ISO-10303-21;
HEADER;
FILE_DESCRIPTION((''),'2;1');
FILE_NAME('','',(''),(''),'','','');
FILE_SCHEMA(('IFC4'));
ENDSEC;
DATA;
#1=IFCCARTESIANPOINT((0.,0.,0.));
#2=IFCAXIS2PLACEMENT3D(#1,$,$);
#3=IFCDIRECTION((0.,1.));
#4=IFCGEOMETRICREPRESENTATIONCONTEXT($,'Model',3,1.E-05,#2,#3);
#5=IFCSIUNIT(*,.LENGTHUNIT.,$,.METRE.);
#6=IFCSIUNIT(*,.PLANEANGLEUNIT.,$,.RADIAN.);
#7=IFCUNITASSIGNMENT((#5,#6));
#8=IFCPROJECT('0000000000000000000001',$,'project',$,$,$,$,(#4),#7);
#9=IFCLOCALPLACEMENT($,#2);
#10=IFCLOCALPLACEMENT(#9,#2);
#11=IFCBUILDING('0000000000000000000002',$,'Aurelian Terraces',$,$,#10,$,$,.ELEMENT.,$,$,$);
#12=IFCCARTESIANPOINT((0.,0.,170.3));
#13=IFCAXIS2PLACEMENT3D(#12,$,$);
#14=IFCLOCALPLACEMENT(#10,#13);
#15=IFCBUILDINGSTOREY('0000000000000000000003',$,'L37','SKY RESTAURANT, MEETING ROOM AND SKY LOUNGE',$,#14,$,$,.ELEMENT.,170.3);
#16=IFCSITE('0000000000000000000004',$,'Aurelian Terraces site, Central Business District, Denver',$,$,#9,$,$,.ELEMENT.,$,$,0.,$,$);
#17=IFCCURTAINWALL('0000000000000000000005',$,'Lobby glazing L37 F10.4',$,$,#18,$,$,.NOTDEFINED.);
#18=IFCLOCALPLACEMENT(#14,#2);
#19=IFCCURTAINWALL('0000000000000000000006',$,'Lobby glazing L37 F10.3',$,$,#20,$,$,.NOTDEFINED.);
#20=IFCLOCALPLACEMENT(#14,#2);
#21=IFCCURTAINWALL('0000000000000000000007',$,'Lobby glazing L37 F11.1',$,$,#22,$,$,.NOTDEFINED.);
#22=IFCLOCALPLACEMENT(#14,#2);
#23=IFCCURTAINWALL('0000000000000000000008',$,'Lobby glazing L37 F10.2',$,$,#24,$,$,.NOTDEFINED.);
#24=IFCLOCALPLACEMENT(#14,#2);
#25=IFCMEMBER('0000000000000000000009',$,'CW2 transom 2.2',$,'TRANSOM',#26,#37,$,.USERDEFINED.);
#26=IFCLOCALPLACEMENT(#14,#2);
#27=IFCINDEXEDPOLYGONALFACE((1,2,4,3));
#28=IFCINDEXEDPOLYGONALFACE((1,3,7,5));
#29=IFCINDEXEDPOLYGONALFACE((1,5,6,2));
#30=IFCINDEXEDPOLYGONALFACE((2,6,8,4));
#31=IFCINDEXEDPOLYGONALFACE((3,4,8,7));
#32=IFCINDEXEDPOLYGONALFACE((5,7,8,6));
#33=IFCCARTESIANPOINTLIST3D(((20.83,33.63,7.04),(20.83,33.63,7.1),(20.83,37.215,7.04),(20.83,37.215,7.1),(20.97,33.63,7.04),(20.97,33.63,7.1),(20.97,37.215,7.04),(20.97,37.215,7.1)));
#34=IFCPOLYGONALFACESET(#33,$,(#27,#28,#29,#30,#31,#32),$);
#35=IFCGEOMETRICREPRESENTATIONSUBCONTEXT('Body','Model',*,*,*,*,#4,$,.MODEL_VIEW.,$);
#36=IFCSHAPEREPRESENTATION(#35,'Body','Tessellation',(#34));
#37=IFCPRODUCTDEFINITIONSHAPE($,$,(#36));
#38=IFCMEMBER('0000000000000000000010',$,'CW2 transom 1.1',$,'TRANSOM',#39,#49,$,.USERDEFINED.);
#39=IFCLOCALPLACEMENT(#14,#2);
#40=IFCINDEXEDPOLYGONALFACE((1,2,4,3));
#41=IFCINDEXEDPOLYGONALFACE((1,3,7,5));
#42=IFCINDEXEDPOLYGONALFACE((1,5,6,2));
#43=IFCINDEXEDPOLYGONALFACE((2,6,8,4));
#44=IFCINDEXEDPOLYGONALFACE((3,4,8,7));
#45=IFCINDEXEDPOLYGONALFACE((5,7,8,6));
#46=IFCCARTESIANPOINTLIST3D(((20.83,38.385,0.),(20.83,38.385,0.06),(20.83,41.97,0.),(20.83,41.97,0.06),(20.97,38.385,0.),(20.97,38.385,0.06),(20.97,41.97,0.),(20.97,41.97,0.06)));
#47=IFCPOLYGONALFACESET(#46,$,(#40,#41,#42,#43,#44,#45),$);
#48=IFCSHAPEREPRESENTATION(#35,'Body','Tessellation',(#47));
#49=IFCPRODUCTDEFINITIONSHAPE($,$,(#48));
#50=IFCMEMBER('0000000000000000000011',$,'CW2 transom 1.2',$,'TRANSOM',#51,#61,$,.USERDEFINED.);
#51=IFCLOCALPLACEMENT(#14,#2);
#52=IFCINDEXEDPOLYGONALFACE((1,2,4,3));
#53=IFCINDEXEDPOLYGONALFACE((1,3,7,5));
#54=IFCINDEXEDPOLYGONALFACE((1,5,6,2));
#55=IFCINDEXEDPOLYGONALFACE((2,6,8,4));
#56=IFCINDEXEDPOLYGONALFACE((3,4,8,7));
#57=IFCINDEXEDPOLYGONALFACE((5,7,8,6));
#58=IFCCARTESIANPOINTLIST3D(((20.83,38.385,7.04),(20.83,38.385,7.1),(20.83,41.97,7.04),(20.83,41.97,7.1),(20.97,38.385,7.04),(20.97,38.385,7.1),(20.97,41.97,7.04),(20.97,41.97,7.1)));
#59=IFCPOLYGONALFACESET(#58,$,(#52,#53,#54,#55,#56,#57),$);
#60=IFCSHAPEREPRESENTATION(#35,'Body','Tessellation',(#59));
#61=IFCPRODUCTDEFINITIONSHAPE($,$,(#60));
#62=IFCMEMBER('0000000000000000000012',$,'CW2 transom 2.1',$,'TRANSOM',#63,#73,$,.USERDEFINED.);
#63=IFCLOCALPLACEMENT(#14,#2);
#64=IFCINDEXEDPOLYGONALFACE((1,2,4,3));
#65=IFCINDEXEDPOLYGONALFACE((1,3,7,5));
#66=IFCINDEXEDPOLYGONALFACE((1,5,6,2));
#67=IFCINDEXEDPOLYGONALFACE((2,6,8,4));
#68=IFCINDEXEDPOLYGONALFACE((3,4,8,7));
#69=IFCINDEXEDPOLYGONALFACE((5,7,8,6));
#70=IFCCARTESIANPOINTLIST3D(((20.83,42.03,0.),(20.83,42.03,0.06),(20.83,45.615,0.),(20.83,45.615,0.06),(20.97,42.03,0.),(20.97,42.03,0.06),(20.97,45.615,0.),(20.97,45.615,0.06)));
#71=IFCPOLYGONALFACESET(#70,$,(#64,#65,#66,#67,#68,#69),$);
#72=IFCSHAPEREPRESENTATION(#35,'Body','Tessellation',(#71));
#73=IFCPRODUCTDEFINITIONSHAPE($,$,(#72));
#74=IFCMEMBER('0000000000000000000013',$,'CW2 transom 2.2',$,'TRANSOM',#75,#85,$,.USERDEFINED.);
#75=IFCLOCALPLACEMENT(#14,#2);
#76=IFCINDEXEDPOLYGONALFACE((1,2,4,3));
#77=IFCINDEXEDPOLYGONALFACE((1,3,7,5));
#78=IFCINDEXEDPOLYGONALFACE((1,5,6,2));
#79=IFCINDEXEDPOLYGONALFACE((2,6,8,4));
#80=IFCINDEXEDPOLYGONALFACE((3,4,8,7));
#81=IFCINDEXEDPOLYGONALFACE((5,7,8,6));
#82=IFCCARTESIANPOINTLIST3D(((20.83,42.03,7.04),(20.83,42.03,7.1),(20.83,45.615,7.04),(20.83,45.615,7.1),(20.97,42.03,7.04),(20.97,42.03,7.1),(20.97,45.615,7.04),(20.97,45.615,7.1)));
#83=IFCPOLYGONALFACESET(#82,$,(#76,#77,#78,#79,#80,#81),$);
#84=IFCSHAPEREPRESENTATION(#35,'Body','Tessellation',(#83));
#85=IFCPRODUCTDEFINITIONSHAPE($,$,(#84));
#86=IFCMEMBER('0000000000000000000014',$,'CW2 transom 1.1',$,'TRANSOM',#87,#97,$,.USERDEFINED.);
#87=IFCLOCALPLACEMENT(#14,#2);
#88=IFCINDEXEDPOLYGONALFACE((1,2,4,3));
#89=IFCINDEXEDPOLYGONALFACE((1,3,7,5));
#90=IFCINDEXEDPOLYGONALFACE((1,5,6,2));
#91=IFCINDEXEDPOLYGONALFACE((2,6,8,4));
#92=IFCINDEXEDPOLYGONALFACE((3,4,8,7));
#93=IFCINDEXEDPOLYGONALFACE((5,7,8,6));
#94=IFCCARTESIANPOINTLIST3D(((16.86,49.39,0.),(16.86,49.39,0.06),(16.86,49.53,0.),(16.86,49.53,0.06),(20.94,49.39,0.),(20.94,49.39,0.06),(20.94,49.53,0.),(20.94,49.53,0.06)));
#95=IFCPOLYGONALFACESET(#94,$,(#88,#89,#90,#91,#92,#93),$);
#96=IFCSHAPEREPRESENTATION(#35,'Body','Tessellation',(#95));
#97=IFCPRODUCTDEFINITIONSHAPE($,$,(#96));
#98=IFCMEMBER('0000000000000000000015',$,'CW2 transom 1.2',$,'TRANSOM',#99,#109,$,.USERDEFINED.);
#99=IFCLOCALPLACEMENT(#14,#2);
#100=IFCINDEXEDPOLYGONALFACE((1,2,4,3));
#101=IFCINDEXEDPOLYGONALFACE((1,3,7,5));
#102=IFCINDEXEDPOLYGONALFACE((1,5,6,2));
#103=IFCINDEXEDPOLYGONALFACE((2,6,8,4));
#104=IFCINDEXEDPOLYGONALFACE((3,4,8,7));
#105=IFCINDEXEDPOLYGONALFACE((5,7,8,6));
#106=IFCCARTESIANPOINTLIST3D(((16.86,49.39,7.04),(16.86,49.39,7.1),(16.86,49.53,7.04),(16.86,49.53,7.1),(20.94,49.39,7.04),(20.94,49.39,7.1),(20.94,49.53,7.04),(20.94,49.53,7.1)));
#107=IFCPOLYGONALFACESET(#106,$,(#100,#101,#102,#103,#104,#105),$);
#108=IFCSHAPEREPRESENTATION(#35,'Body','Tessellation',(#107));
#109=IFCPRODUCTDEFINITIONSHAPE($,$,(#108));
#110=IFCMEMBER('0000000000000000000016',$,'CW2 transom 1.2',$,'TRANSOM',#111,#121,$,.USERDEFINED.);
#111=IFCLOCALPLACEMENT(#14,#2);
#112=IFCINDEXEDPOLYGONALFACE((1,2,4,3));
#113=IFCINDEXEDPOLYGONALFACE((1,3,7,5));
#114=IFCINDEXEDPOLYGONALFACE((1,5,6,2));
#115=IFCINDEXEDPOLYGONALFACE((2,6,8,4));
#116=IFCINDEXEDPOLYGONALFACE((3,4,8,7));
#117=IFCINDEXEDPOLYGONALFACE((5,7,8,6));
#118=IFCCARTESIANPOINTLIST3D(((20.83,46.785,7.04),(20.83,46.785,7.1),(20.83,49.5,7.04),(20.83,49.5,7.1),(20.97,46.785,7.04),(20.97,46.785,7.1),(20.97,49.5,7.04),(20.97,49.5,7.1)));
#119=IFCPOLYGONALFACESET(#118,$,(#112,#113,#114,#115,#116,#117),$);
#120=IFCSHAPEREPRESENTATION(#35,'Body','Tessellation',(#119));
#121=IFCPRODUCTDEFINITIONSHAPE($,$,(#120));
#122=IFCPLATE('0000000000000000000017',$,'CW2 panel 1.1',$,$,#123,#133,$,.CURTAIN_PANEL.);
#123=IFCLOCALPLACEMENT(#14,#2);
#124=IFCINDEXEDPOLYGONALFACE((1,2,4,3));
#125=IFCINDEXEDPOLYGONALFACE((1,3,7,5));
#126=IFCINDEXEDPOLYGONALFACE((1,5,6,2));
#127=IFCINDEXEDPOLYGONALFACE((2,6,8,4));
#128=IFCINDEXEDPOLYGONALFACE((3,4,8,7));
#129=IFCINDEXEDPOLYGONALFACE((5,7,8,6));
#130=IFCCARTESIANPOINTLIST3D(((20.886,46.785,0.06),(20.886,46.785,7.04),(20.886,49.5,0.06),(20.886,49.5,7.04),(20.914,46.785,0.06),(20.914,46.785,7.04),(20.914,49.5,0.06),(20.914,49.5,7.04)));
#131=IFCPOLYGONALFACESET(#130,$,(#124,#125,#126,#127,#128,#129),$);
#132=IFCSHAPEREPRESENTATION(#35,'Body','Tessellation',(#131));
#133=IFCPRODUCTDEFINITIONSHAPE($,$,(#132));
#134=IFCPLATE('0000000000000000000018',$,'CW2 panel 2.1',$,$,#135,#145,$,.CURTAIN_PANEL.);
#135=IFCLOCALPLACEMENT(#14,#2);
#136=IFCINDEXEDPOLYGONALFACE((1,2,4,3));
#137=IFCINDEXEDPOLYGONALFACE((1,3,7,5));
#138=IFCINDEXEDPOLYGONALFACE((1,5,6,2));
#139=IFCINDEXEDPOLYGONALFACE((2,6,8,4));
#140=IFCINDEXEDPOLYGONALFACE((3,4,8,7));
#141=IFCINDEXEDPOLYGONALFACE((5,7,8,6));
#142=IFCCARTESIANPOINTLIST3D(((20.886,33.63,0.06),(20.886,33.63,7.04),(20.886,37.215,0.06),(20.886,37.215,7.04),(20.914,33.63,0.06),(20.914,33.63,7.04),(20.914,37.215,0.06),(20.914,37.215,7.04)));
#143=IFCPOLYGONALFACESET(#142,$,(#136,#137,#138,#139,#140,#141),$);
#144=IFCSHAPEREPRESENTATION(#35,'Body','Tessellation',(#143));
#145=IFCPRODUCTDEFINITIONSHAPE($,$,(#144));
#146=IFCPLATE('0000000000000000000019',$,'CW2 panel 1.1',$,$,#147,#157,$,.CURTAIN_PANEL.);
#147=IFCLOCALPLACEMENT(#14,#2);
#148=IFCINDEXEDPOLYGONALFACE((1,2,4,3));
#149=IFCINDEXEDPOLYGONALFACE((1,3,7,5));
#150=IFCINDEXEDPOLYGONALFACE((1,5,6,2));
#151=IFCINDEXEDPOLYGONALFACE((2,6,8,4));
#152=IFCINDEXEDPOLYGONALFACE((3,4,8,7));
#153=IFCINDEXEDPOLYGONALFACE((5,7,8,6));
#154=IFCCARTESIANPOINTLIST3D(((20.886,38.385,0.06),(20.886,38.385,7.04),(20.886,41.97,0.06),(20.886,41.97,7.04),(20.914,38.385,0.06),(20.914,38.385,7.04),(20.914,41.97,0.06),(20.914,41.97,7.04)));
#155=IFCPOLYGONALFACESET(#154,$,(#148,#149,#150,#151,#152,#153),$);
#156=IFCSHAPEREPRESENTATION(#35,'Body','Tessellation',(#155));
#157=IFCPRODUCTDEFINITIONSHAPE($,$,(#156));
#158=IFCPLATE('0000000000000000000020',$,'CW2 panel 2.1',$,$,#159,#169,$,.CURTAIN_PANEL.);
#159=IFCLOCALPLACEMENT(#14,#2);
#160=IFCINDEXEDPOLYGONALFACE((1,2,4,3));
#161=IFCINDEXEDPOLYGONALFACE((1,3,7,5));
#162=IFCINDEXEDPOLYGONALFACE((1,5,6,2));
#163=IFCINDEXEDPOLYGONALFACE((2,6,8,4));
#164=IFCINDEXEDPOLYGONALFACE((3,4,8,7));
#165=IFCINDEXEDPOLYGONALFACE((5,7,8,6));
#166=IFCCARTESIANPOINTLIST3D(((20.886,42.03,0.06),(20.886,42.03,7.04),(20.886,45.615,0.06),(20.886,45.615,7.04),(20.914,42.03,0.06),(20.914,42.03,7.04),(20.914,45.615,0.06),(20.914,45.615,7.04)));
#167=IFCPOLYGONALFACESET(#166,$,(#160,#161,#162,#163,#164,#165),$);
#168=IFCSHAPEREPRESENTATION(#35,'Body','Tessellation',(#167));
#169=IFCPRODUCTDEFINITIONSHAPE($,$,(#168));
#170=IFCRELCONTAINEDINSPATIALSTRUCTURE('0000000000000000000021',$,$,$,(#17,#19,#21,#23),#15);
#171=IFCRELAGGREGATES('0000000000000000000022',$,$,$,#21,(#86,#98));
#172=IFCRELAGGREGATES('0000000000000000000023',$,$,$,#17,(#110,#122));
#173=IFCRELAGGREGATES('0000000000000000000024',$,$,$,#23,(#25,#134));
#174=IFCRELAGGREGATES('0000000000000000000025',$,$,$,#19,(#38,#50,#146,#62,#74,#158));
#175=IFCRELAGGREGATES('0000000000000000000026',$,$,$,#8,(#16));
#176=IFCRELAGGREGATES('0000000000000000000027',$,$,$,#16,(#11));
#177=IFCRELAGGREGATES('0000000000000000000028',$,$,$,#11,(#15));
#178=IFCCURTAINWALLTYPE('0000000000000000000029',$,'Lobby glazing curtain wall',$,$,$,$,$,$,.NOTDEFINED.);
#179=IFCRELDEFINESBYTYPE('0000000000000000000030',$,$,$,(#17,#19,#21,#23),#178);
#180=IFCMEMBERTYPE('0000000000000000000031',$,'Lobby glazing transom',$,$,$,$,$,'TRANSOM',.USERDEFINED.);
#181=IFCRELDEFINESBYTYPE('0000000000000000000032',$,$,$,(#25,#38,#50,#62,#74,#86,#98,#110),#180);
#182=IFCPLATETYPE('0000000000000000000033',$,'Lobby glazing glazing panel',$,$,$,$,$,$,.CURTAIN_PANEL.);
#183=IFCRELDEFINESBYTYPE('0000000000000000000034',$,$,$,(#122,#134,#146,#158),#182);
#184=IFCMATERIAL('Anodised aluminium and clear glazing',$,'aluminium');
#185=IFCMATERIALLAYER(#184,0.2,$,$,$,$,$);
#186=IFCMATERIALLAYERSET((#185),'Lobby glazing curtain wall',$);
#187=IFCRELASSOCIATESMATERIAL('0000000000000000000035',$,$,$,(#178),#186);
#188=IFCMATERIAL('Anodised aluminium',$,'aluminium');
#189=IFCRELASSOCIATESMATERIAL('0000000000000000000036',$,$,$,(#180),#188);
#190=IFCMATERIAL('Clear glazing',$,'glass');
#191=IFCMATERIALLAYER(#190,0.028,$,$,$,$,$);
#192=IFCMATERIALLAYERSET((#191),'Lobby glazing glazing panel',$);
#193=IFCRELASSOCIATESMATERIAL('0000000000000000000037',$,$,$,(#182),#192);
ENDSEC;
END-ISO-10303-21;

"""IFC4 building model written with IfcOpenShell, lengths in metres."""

from ifc_helpers import new_model, si_unit, direction, frame, origin, origin_2d, place, context, subcontext, project, spatial, rectangle, extrude, source, transform, mapped, material, layer, layer_set, material_profile, profile_set, type_object, element, aggregate, save


model = new_model("IFC4")

# Units and contexts
model_context = context("Model", 3, precision=1e-05, world=origin(), true_north=direction((0.0, 1.0)))
body_context = subcontext(model_context, "Body", "Model", "MODEL_VIEW")
ifc_project = project(units=[si_unit("LENGTHUNIT", "METRE"), si_unit("PLANEANGLEUNIT", "RADIAN")], contexts=[model_context])

# Site, building, storey
site_placement = place(None, origin())
site = spatial("IfcSite", under=ifc_project, at=site_placement, Name="Aurelian Terraces site, Central Business District, Denver", CompositionType="ELEMENT", RefElevation=0.0)
building_placement = place(site_placement, origin())
building = spatial("IfcBuilding", under=site, at=building_placement, Name="Aurelian Terraces", CompositionType="ELEMENT")
storey_placement = place(building_placement, frame((0.0, 0.0, 170.3)))
storey = spatial("IfcBuildingStorey", under=building, at=storey_placement, Name="L37", Description="SKY RESTAURANT, MEETING ROOM AND SKY LOUNGE", CompositionType="ELEMENT", Elevation=170.3)

# Curtain wall
ifc_material_1 = material(Name="Anodised aluminium and clear glazing", Category="aluminium")
ifc_layer_1 = layer(ifc_material_1, 0.2)
ifc_layer_set_1 = layer_set([ifc_layer_1], Name="Lobby glazing curtain wall")
curtain_wall_type = type_object("IfcCurtainWallType", Name="Lobby glazing curtain wall", PredefinedType="NOTDEFINED", material=ifc_layer_set_1)
curtain_wall_1_placement = place(storey_placement, origin())
curtain_wall_1 = element("IfcCurtainWall", 1, at=curtain_wall_1_placement, inside=storey, type_object=curtain_wall_type, Name="Lobby glazing L37 F10.4", PredefinedType="NOTDEFINED")
ifc_material_2 = material(Name="Anodised aluminium", Category="aluminium")
ifc_material_profile_1 = material_profile(ifc_material_2, rectangle(XDim=0.14, YDim=0.06, at=origin_2d()))
ifc_profile_set_1 = profile_set([ifc_material_profile_1], Name="Anodised aluminium")
member_type_1 = type_object("IfcMemberType", Name="Lobby glazing transom", ElementType="TRANSOM", PredefinedType="USERDEFINED", material=ifc_profile_set_1)

# Curtain wall
curtain_wall_2_placement = place(storey_placement, origin())
curtain_wall_2 = element("IfcCurtainWall", 2, at=curtain_wall_2_placement, inside=storey, type_object=curtain_wall_type, Name="Lobby glazing L37 F10.3", PredefinedType="NOTDEFINED")

# Curtain wall
curtain_wall_3_placement = place(storey_placement, origin())
curtain_wall_3 = element("IfcCurtainWall", 3, at=curtain_wall_3_placement, inside=storey, type_object=curtain_wall_type, Name="Lobby glazing L37 F11.1", PredefinedType="NOTDEFINED")

# Shared definitions
shared_shape_1 = source(origin(), body_context, "Body", "SweptSolid", [
    extrude(rectangle(XDim=0.14, YDim=0.06, at=origin_2d()), origin(), (0.0, 0.0, 1.0), 3.585),
])

# Curtain wall, member
curtain_wall_4_placement = place(storey_placement, origin())
curtain_wall_4 = element("IfcCurtainWall", 4, at=curtain_wall_4_placement, inside=storey, type_object=curtain_wall_type, Name="Lobby glazing L37 F10.2", PredefinedType="NOTDEFINED")
member_1_placement = place(storey_placement, frame((20.9, 33.63, 7.07), z_axis=(0.0, 1.0, 0.0), x_axis=(-1.0, 0.0, 0.0)))
member_1 = element("IfcMember", 5, at=member_1_placement, type_object=member_type_1, Name="CW2 transom 2.2", ObjectType="TRANSOM", PredefinedType="USERDEFINED", context=body_context, shape_type="MappedRepresentation", body=[
    mapped(shared_shape_1, transform((0.0, 0.0, 0.0), scale=1.0)),
])

# Members
member_2_placement = place(storey_placement, frame((20.9, 38.385, 0.03), z_axis=(0.0, 1.0, 0.0), x_axis=(-1.0, 0.0, 0.0)))
member_2 = element("IfcMember", 6, at=member_2_placement, type_object=member_type_1, Name="CW2 transom 1.1", ObjectType="TRANSOM", PredefinedType="USERDEFINED", context=body_context, shape_type="MappedRepresentation", body=[
    mapped(shared_shape_1, transform((0.0, 0.0, 0.0), scale=1.0)),
])
member_3_placement = place(storey_placement, frame((20.9, 38.385, 7.07), z_axis=(0.0, 1.0, 0.0), x_axis=(-1.0, 0.0, 0.0)))
member_3 = element("IfcMember", 7, at=member_3_placement, type_object=member_type_1, Name="CW2 transom 1.2", ObjectType="TRANSOM", PredefinedType="USERDEFINED", context=body_context, shape_type="MappedRepresentation", body=[
    mapped(shared_shape_1, transform((0.0, 0.0, 0.0), scale=1.0)),
])
member_4_placement = place(storey_placement, frame((20.9, 42.03, 0.03), z_axis=(0.0, 1.0, 0.0), x_axis=(-1.0, 0.0, 0.0)))
member_4 = element("IfcMember", 8, at=member_4_placement, type_object=member_type_1, Name="CW2 transom 2.1", ObjectType="TRANSOM", PredefinedType="USERDEFINED", context=body_context, shape_type="MappedRepresentation", body=[
    mapped(shared_shape_1, transform((0.0, 0.0, 0.0), scale=1.0)),
])
member_5_placement = place(storey_placement, frame((20.9, 42.03, 7.07), z_axis=(0.0, 1.0, 0.0), x_axis=(-1.0, 0.0, 0.0)))
member_5 = element("IfcMember", 9, at=member_5_placement, type_object=member_type_1, Name="CW2 transom 2.2", ObjectType="TRANSOM", PredefinedType="USERDEFINED", context=body_context, shape_type="MappedRepresentation", body=[
    mapped(shared_shape_1, transform((0.0, 0.0, 0.0), scale=1.0)),
])
shared_shape_2 = source(origin(), body_context, "Body", "SweptSolid", [
    extrude(rectangle(XDim=0.14, YDim=0.06, at=origin_2d()), origin(), (0.0, 0.0, 1.0), 4.08),
])
member_6_placement = place(storey_placement, frame((20.94, 49.46, 0.03), z_axis=(-1.0, 0.0, 0.0), x_axis=(0.0, -1.0, 0.0)))
member_6 = element("IfcMember", 10, at=member_6_placement, type_object=member_type_1, Name="CW2 transom 1.1", ObjectType="TRANSOM", PredefinedType="USERDEFINED", context=body_context, shape_type="MappedRepresentation", body=[
    mapped(shared_shape_2, transform((0.0, 0.0, 0.0), scale=1.0)),
])
member_7_placement = place(storey_placement, frame((20.94, 49.46, 7.07), z_axis=(-1.0, 0.0, 0.0), x_axis=(0.0, -1.0, 0.0)))
member_7 = element("IfcMember", 11, at=member_7_placement, type_object=member_type_1, Name="CW2 transom 1.2", ObjectType="TRANSOM", PredefinedType="USERDEFINED", context=body_context, shape_type="MappedRepresentation", body=[
    mapped(shared_shape_2, transform((0.0, 0.0, 0.0), scale=1.0)),
])
aggregate(curtain_wall_3, [member_6, member_7])
shared_shape_3 = source(origin(), body_context, "Body", "SweptSolid", [
    extrude(rectangle(XDim=0.14, YDim=0.06, at=origin_2d()), origin(), (0.0, 0.0, 1.0), 2.715),
])
member_8_placement = place(storey_placement, frame((20.9, 46.785, 7.07), z_axis=(0.0, 1.0, 0.0), x_axis=(-1.0, 0.0, 0.0)))
member_8 = element("IfcMember", 12, at=member_8_placement, type_object=member_type_1, Name="CW2 transom 1.2", ObjectType="TRANSOM", PredefinedType="USERDEFINED", context=body_context, shape_type="MappedRepresentation", body=[
    mapped(shared_shape_3, transform((0.0, 0.0, 0.0), scale=1.0)),
])

# Plates
ifc_material_3 = material(Name="Clear glazing", Category="glass")
ifc_layer_2 = layer(ifc_material_3, 0.028)
ifc_layer_set_2 = layer_set([ifc_layer_2], Name="Lobby glazing glazing panel")
plate_type = type_object("IfcPlateType", Name="Lobby glazing glazing panel", PredefinedType="CURTAIN_PANEL", material=ifc_layer_set_2)
plate_1_placement = place(storey_placement, frame((20.9, 48.1425, 0.06), z_axis=(0.0, 0.0, 1.0), x_axis=(0.0, 1.0, 0.0)))
plate_1 = element("IfcPlate", 13, at=plate_1_placement, type_object=plate_type, Name="CW2 panel 1.1", PredefinedType="CURTAIN_PANEL", context=body_context, shape_type="SweptSolid", body=[
    extrude(rectangle(XDim=2.715, YDim=0.028, at=origin_2d()), origin(), (0.0, 0.0, 1.0), 6.98),
])
aggregate(curtain_wall_1, [member_8, plate_1])
shared_shape_4 = source(origin(), body_context, "Body", "SweptSolid", [
    extrude(rectangle(XDim=3.585, YDim=0.028, at=origin_2d()), origin(), (0.0, 0.0, 1.0), 6.98),
])
plate_2_placement = place(storey_placement, frame((20.9, 35.4225, 0.06), z_axis=(0.0, 0.0, 1.0), x_axis=(0.0, 1.0, 0.0)))
plate_2 = element("IfcPlate", 14, at=plate_2_placement, type_object=plate_type, Name="CW2 panel 2.1", PredefinedType="CURTAIN_PANEL", context=body_context, shape_type="MappedRepresentation", body=[
    mapped(shared_shape_4, transform((0.0, 0.0, 0.0), scale=1.0)),
])
aggregate(curtain_wall_4, [member_1, plate_2])
plate_3_placement = place(storey_placement, frame((20.9, 40.1775, 0.06), z_axis=(0.0, 0.0, 1.0), x_axis=(0.0, 1.0, 0.0)))
plate_3 = element("IfcPlate", 15, at=plate_3_placement, type_object=plate_type, Name="CW2 panel 1.1", PredefinedType="CURTAIN_PANEL", context=body_context, shape_type="MappedRepresentation", body=[
    mapped(shared_shape_4, transform((0.0, 0.0, 0.0), scale=1.0)),
])
plate_4_placement = place(storey_placement, frame((20.9, 43.8225, 0.06), z_axis=(0.0, 0.0, 1.0), x_axis=(0.0, 1.0, 0.0)))
plate_4 = element("IfcPlate", 16, at=plate_4_placement, type_object=plate_type, Name="CW2 panel 2.1", PredefinedType="CURTAIN_PANEL", context=body_context, shape_type="MappedRepresentation", body=[
    mapped(shared_shape_4, transform((0.0, 0.0, 0.0), scale=1.0)),
])
aggregate(curtain_wall_2, [member_2, member_3, plate_3, member_4, member_5, plate_4])

save(model, "model.ifc")
